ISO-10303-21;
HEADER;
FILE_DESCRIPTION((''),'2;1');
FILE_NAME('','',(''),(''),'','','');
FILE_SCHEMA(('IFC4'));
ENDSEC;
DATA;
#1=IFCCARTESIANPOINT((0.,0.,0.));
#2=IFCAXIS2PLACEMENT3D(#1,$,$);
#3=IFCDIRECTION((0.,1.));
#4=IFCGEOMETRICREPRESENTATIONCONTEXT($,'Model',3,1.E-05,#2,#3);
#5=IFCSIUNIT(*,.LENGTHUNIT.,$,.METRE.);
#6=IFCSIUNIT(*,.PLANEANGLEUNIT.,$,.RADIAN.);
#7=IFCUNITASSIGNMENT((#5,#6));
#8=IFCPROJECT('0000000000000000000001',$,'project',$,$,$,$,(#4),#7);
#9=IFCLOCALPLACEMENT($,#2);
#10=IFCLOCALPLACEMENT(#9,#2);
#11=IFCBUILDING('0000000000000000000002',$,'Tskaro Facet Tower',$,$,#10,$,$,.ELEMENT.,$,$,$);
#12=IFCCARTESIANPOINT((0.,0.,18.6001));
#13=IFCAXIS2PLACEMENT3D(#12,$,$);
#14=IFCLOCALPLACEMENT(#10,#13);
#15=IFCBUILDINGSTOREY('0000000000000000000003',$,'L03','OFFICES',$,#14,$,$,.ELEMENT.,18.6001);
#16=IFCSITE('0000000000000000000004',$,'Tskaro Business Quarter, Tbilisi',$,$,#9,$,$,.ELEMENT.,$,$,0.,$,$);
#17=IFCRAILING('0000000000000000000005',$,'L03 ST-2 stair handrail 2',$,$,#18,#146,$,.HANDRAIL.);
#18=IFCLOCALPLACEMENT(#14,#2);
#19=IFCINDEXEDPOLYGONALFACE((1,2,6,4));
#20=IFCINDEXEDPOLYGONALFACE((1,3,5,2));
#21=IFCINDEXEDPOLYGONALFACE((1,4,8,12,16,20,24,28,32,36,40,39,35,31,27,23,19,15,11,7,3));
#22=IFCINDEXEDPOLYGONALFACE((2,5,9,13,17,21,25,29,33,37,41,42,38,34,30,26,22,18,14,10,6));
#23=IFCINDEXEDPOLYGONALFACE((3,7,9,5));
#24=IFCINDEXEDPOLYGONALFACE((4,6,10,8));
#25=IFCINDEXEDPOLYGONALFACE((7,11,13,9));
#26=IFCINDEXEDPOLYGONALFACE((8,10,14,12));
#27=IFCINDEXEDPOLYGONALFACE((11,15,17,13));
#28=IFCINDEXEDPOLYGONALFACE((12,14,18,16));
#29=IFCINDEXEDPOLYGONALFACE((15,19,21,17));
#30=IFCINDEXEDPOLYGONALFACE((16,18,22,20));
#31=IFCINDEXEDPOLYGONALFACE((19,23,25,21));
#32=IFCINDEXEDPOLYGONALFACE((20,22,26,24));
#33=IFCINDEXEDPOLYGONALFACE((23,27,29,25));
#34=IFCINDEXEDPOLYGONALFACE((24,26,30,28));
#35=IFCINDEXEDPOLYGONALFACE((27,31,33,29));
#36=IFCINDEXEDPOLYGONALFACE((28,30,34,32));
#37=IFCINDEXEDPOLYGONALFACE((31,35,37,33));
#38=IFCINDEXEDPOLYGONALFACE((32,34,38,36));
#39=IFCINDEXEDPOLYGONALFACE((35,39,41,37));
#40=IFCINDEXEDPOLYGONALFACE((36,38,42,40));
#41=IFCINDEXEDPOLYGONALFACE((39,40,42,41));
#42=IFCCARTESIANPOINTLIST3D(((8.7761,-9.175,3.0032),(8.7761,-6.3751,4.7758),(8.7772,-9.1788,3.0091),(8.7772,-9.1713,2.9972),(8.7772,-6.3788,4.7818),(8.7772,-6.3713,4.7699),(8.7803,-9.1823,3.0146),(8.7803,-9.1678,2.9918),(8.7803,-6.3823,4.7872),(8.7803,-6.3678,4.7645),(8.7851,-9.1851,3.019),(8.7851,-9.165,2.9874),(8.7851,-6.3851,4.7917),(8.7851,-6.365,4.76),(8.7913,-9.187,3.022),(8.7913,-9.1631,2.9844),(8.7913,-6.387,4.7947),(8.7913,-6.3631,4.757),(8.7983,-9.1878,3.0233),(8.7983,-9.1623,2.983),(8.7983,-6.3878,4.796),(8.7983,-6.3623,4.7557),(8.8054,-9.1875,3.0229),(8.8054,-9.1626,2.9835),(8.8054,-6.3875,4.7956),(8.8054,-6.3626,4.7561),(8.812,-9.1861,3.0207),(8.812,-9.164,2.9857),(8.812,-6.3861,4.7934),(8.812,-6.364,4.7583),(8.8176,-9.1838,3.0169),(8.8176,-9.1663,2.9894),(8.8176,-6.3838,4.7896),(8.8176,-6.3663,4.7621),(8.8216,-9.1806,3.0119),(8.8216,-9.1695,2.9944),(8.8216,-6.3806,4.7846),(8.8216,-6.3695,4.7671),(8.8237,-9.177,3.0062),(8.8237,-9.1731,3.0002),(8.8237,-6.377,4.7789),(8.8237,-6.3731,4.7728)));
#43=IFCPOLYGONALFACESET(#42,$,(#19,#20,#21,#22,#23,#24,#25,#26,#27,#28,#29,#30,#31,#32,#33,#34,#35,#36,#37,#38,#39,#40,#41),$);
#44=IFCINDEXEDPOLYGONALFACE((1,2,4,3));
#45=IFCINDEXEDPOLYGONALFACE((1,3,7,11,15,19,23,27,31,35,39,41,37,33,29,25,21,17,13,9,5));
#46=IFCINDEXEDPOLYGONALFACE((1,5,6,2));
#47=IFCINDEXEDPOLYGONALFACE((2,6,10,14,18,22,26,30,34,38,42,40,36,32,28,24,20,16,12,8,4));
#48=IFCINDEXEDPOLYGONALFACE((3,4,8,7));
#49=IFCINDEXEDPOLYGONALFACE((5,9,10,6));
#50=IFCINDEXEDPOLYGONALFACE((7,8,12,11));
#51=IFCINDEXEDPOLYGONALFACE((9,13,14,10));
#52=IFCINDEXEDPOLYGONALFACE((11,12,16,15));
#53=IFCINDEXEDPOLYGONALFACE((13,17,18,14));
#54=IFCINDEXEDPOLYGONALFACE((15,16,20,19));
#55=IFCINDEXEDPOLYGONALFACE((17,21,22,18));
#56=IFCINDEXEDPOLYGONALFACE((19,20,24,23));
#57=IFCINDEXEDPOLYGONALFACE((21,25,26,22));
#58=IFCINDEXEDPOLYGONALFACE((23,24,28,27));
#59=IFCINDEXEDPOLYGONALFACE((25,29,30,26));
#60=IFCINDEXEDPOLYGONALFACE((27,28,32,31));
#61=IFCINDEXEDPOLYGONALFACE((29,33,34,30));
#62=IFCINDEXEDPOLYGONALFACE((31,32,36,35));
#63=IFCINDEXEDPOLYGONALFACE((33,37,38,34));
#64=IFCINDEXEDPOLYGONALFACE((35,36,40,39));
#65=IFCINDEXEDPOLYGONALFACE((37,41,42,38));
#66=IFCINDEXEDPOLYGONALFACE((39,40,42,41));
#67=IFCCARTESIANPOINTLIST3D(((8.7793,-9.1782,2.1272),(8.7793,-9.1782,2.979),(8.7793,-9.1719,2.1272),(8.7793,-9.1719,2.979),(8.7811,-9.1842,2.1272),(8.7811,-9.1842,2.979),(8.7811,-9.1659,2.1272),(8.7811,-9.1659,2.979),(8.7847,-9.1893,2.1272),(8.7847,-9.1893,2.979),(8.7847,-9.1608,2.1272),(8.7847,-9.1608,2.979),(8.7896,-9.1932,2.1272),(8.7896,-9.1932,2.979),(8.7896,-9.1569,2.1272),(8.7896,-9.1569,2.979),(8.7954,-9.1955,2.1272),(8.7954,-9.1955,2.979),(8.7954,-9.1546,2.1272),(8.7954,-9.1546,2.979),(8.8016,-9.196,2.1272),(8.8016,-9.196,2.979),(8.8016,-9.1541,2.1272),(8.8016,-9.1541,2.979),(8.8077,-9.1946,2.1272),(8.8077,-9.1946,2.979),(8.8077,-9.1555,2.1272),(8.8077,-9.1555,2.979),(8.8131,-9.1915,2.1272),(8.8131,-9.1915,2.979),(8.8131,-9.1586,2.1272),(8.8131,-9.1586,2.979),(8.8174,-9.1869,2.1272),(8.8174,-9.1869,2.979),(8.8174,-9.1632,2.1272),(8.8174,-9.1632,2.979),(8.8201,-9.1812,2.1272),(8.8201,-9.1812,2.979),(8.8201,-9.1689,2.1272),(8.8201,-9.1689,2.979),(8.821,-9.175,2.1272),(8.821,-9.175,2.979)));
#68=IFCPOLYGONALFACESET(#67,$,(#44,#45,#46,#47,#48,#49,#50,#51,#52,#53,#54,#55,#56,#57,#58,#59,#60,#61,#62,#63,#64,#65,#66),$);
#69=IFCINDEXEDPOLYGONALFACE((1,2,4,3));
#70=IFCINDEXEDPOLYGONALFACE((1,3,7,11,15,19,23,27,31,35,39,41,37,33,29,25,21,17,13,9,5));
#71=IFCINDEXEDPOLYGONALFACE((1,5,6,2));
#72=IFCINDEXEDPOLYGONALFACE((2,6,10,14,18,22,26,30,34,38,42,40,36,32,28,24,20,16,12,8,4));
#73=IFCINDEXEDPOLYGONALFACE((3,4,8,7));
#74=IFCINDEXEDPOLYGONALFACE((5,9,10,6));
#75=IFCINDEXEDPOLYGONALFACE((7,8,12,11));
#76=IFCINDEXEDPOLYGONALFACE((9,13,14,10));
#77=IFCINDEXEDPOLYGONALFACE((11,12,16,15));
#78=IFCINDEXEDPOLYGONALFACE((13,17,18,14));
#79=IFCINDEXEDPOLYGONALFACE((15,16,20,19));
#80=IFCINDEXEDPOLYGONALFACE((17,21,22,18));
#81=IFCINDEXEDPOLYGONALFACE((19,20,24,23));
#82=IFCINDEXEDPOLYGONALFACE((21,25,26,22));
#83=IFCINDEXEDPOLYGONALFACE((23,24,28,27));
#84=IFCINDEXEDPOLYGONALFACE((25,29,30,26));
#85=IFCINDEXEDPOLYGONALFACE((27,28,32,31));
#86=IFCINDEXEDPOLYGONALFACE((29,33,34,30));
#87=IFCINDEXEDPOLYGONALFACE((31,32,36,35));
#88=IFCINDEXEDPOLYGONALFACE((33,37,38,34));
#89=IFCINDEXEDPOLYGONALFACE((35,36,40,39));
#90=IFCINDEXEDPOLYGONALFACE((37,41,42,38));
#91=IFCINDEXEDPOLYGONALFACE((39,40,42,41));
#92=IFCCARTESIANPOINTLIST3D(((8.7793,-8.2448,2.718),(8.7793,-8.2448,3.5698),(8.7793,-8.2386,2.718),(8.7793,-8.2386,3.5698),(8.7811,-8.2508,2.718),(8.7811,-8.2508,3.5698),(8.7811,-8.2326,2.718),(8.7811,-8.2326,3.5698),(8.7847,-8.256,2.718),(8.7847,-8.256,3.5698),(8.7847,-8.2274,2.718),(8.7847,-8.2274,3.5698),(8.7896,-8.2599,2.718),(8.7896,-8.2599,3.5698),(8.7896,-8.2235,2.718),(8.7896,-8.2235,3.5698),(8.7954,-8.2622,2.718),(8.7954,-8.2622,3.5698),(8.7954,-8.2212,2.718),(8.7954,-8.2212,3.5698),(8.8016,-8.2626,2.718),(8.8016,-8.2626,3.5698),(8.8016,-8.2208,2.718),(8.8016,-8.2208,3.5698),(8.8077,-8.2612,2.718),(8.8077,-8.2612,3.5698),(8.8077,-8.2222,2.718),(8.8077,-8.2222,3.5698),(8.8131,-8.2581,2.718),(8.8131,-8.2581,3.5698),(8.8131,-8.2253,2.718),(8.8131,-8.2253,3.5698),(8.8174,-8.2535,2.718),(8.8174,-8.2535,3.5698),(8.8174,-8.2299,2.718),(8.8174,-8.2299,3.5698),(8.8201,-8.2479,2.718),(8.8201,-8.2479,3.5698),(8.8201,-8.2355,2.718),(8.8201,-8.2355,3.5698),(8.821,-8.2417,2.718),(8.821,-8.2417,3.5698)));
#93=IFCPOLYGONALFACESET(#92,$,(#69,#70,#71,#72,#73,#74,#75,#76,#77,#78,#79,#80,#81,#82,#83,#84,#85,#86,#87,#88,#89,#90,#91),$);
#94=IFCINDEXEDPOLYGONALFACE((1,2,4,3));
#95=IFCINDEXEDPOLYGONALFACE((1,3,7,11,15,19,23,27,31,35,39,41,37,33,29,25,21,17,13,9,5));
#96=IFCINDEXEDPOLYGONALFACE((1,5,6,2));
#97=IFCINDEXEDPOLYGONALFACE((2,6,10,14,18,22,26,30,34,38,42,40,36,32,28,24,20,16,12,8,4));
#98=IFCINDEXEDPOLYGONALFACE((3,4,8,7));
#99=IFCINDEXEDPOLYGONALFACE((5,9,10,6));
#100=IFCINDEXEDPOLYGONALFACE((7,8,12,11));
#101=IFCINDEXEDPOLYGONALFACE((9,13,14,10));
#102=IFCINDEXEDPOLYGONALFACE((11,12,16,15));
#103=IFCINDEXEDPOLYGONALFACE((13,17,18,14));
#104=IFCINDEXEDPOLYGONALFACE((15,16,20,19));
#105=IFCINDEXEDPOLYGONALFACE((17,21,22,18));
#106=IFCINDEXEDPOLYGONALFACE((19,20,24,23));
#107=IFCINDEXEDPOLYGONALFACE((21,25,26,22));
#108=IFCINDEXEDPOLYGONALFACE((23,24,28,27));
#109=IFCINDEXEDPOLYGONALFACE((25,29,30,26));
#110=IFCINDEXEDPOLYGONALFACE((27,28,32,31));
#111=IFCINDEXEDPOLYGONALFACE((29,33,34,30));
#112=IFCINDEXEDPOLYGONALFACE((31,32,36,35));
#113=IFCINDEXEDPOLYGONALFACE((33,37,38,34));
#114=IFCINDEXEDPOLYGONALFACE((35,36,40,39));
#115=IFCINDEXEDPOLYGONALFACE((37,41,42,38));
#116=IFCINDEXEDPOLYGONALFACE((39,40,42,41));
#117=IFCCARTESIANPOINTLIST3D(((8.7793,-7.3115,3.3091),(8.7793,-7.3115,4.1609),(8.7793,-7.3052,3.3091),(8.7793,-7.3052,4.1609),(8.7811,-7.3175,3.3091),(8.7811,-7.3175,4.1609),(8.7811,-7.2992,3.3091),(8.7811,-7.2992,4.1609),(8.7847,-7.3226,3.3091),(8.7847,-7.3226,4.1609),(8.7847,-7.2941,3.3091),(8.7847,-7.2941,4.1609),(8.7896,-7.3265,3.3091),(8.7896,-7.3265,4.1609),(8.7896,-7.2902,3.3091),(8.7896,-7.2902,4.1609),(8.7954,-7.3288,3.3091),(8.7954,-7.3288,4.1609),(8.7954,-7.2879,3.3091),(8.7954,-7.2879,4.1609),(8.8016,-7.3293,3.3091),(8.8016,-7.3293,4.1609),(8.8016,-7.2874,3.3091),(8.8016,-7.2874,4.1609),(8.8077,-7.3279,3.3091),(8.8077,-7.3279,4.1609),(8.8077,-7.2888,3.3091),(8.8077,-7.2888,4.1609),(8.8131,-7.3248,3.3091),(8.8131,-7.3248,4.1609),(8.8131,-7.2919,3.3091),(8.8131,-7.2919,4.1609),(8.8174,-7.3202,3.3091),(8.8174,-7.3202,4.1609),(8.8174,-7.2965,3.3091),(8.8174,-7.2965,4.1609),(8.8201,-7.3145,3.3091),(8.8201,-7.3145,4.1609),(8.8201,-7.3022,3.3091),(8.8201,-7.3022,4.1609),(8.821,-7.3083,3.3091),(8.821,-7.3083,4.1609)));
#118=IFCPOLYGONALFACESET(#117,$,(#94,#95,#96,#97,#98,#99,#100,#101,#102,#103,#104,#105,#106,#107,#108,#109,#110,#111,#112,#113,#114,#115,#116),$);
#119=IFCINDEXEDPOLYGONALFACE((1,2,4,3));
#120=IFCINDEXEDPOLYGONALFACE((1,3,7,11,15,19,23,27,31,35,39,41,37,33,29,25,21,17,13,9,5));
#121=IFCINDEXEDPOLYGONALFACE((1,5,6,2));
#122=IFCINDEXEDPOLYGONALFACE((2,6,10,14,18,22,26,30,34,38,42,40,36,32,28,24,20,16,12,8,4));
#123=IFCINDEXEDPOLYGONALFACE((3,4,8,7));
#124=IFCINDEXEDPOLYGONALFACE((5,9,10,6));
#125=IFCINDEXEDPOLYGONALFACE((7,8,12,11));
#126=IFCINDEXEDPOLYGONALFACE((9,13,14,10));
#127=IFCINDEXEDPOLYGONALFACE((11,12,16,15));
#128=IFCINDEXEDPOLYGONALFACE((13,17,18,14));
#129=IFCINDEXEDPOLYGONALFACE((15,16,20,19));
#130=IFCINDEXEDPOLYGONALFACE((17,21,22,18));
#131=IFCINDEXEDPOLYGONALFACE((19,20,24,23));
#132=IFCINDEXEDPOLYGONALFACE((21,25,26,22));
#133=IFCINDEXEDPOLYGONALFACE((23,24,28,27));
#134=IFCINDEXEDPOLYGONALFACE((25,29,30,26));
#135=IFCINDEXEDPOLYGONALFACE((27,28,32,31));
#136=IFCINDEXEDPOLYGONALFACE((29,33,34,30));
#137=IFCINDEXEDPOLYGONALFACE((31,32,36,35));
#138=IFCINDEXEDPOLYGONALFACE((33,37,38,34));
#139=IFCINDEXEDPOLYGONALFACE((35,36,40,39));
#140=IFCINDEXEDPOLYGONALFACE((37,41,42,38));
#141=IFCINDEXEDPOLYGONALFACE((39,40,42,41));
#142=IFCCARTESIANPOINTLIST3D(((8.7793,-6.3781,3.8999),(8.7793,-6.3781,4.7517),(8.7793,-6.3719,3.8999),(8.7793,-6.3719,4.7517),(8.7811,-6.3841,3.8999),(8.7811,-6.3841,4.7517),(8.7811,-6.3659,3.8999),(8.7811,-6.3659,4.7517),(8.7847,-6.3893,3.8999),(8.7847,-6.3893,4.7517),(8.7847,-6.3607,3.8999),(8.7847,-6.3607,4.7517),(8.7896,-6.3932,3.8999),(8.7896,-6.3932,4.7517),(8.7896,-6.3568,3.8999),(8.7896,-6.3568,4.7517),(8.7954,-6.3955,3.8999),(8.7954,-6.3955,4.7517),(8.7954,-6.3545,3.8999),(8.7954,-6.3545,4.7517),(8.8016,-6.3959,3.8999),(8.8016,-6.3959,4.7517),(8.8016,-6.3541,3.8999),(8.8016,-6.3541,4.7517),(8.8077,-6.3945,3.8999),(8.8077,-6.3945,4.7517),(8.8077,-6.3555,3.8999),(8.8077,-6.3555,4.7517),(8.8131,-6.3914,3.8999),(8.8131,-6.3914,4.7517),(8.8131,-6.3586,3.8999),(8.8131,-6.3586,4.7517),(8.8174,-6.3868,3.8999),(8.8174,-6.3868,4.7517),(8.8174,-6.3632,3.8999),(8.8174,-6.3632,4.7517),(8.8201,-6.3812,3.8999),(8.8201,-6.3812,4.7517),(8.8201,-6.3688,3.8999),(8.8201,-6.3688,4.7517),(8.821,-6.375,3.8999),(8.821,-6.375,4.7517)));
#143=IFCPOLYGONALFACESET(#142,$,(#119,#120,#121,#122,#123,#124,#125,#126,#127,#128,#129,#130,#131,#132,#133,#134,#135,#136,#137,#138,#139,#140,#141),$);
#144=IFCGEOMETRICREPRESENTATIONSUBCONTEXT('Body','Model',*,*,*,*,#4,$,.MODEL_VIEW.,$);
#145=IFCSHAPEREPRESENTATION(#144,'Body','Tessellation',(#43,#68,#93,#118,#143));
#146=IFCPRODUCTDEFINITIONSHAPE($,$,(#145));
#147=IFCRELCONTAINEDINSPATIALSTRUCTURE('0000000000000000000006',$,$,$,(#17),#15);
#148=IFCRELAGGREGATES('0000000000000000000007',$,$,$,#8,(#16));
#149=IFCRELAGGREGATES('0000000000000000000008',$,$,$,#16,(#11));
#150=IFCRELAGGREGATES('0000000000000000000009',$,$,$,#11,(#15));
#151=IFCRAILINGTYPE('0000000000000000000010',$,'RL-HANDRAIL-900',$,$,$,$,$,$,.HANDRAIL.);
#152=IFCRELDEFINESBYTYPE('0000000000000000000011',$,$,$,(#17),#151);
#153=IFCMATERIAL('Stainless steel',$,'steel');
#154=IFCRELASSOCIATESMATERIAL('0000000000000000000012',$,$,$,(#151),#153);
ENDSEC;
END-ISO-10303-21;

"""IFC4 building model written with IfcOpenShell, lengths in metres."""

from ifc_helpers import new_model, si_unit, direction, frame, origin, origin_2d, place, context, subcontext, project, spatial, circle, extrude, material, type_object, element, save


model = new_model("IFC4")

# Units and contexts
model_context = context("Model", 3, precision=1e-05, world=origin(), true_north=direction((0.0, 1.0)))
body_context = subcontext(model_context, "Body", "Model", "MODEL_VIEW")
ifc_project = project(units=[si_unit("LENGTHUNIT", "METRE"), si_unit("PLANEANGLEUNIT", "RADIAN")], contexts=[model_context])

# Site, building, storey
site_placement = place(None, origin())
site = spatial("IfcSite", under=ifc_project, at=site_placement, Name="Tskaro Business Quarter, Tbilisi", CompositionType="ELEMENT", RefElevation=0.0)
building_placement = place(site_placement, origin())
building = spatial("IfcBuilding", under=site, at=building_placement, Name="Tskaro Facet Tower", CompositionType="ELEMENT")
storey_placement = place(building_placement, frame((0.0, 0.0, 18.6001)))
storey = spatial("IfcBuildingStorey", under=building, at=storey_placement, Name="L03", Description="OFFICES", CompositionType="ELEMENT", Elevation=18.6001)

# Railing
ifc_material_1 = material(Name="Stainless steel", Category="steel")
railing_type_1 = type_object("IfcRailingType", Name="RL-HANDRAIL-900", PredefinedType="HANDRAIL", material=ifc_material_1)
railing_1_placement = place(storey_placement, frame((8.8, -9.175, 2.1272)))
element("IfcRailing", 1, at=railing_1_placement, inside=storey, type_object=railing_type_1, Name="L03 ST-2 stair handrail 2", PredefinedType="HANDRAIL", context=body_context, shape_type="SweptSolid", body=[
    extrude(circle(Radius=0.0239, at=origin_2d()), frame((0.0, 0.0, 0.876), z_axis=(0.0, 0.844909, 0.53491), x_axis=(-1.0, 0.0, 0.0)), (0.0, 0.0, 1.0), 3.314),
    extrude(circle(Radius=0.021, at=origin_2d()), origin(), (0.0, 0.0, 1.0), 0.8518),
    extrude(circle(Radius=0.021, at=origin_2d()), frame((0.0, 0.9333, 0.5908)), (0.0, 0.0, 1.0), 0.8518),
    extrude(circle(Radius=0.021, at=origin_2d()), frame((0.0, 1.8667, 1.1819)), (0.0, 0.0, 1.0), 0.8518),
    extrude(circle(Radius=0.021, at=origin_2d()), frame((0.0, 2.8, 1.7727)), (0.0, 0.0, 1.0), 0.8518),
])

save(model, "model.ifc")
